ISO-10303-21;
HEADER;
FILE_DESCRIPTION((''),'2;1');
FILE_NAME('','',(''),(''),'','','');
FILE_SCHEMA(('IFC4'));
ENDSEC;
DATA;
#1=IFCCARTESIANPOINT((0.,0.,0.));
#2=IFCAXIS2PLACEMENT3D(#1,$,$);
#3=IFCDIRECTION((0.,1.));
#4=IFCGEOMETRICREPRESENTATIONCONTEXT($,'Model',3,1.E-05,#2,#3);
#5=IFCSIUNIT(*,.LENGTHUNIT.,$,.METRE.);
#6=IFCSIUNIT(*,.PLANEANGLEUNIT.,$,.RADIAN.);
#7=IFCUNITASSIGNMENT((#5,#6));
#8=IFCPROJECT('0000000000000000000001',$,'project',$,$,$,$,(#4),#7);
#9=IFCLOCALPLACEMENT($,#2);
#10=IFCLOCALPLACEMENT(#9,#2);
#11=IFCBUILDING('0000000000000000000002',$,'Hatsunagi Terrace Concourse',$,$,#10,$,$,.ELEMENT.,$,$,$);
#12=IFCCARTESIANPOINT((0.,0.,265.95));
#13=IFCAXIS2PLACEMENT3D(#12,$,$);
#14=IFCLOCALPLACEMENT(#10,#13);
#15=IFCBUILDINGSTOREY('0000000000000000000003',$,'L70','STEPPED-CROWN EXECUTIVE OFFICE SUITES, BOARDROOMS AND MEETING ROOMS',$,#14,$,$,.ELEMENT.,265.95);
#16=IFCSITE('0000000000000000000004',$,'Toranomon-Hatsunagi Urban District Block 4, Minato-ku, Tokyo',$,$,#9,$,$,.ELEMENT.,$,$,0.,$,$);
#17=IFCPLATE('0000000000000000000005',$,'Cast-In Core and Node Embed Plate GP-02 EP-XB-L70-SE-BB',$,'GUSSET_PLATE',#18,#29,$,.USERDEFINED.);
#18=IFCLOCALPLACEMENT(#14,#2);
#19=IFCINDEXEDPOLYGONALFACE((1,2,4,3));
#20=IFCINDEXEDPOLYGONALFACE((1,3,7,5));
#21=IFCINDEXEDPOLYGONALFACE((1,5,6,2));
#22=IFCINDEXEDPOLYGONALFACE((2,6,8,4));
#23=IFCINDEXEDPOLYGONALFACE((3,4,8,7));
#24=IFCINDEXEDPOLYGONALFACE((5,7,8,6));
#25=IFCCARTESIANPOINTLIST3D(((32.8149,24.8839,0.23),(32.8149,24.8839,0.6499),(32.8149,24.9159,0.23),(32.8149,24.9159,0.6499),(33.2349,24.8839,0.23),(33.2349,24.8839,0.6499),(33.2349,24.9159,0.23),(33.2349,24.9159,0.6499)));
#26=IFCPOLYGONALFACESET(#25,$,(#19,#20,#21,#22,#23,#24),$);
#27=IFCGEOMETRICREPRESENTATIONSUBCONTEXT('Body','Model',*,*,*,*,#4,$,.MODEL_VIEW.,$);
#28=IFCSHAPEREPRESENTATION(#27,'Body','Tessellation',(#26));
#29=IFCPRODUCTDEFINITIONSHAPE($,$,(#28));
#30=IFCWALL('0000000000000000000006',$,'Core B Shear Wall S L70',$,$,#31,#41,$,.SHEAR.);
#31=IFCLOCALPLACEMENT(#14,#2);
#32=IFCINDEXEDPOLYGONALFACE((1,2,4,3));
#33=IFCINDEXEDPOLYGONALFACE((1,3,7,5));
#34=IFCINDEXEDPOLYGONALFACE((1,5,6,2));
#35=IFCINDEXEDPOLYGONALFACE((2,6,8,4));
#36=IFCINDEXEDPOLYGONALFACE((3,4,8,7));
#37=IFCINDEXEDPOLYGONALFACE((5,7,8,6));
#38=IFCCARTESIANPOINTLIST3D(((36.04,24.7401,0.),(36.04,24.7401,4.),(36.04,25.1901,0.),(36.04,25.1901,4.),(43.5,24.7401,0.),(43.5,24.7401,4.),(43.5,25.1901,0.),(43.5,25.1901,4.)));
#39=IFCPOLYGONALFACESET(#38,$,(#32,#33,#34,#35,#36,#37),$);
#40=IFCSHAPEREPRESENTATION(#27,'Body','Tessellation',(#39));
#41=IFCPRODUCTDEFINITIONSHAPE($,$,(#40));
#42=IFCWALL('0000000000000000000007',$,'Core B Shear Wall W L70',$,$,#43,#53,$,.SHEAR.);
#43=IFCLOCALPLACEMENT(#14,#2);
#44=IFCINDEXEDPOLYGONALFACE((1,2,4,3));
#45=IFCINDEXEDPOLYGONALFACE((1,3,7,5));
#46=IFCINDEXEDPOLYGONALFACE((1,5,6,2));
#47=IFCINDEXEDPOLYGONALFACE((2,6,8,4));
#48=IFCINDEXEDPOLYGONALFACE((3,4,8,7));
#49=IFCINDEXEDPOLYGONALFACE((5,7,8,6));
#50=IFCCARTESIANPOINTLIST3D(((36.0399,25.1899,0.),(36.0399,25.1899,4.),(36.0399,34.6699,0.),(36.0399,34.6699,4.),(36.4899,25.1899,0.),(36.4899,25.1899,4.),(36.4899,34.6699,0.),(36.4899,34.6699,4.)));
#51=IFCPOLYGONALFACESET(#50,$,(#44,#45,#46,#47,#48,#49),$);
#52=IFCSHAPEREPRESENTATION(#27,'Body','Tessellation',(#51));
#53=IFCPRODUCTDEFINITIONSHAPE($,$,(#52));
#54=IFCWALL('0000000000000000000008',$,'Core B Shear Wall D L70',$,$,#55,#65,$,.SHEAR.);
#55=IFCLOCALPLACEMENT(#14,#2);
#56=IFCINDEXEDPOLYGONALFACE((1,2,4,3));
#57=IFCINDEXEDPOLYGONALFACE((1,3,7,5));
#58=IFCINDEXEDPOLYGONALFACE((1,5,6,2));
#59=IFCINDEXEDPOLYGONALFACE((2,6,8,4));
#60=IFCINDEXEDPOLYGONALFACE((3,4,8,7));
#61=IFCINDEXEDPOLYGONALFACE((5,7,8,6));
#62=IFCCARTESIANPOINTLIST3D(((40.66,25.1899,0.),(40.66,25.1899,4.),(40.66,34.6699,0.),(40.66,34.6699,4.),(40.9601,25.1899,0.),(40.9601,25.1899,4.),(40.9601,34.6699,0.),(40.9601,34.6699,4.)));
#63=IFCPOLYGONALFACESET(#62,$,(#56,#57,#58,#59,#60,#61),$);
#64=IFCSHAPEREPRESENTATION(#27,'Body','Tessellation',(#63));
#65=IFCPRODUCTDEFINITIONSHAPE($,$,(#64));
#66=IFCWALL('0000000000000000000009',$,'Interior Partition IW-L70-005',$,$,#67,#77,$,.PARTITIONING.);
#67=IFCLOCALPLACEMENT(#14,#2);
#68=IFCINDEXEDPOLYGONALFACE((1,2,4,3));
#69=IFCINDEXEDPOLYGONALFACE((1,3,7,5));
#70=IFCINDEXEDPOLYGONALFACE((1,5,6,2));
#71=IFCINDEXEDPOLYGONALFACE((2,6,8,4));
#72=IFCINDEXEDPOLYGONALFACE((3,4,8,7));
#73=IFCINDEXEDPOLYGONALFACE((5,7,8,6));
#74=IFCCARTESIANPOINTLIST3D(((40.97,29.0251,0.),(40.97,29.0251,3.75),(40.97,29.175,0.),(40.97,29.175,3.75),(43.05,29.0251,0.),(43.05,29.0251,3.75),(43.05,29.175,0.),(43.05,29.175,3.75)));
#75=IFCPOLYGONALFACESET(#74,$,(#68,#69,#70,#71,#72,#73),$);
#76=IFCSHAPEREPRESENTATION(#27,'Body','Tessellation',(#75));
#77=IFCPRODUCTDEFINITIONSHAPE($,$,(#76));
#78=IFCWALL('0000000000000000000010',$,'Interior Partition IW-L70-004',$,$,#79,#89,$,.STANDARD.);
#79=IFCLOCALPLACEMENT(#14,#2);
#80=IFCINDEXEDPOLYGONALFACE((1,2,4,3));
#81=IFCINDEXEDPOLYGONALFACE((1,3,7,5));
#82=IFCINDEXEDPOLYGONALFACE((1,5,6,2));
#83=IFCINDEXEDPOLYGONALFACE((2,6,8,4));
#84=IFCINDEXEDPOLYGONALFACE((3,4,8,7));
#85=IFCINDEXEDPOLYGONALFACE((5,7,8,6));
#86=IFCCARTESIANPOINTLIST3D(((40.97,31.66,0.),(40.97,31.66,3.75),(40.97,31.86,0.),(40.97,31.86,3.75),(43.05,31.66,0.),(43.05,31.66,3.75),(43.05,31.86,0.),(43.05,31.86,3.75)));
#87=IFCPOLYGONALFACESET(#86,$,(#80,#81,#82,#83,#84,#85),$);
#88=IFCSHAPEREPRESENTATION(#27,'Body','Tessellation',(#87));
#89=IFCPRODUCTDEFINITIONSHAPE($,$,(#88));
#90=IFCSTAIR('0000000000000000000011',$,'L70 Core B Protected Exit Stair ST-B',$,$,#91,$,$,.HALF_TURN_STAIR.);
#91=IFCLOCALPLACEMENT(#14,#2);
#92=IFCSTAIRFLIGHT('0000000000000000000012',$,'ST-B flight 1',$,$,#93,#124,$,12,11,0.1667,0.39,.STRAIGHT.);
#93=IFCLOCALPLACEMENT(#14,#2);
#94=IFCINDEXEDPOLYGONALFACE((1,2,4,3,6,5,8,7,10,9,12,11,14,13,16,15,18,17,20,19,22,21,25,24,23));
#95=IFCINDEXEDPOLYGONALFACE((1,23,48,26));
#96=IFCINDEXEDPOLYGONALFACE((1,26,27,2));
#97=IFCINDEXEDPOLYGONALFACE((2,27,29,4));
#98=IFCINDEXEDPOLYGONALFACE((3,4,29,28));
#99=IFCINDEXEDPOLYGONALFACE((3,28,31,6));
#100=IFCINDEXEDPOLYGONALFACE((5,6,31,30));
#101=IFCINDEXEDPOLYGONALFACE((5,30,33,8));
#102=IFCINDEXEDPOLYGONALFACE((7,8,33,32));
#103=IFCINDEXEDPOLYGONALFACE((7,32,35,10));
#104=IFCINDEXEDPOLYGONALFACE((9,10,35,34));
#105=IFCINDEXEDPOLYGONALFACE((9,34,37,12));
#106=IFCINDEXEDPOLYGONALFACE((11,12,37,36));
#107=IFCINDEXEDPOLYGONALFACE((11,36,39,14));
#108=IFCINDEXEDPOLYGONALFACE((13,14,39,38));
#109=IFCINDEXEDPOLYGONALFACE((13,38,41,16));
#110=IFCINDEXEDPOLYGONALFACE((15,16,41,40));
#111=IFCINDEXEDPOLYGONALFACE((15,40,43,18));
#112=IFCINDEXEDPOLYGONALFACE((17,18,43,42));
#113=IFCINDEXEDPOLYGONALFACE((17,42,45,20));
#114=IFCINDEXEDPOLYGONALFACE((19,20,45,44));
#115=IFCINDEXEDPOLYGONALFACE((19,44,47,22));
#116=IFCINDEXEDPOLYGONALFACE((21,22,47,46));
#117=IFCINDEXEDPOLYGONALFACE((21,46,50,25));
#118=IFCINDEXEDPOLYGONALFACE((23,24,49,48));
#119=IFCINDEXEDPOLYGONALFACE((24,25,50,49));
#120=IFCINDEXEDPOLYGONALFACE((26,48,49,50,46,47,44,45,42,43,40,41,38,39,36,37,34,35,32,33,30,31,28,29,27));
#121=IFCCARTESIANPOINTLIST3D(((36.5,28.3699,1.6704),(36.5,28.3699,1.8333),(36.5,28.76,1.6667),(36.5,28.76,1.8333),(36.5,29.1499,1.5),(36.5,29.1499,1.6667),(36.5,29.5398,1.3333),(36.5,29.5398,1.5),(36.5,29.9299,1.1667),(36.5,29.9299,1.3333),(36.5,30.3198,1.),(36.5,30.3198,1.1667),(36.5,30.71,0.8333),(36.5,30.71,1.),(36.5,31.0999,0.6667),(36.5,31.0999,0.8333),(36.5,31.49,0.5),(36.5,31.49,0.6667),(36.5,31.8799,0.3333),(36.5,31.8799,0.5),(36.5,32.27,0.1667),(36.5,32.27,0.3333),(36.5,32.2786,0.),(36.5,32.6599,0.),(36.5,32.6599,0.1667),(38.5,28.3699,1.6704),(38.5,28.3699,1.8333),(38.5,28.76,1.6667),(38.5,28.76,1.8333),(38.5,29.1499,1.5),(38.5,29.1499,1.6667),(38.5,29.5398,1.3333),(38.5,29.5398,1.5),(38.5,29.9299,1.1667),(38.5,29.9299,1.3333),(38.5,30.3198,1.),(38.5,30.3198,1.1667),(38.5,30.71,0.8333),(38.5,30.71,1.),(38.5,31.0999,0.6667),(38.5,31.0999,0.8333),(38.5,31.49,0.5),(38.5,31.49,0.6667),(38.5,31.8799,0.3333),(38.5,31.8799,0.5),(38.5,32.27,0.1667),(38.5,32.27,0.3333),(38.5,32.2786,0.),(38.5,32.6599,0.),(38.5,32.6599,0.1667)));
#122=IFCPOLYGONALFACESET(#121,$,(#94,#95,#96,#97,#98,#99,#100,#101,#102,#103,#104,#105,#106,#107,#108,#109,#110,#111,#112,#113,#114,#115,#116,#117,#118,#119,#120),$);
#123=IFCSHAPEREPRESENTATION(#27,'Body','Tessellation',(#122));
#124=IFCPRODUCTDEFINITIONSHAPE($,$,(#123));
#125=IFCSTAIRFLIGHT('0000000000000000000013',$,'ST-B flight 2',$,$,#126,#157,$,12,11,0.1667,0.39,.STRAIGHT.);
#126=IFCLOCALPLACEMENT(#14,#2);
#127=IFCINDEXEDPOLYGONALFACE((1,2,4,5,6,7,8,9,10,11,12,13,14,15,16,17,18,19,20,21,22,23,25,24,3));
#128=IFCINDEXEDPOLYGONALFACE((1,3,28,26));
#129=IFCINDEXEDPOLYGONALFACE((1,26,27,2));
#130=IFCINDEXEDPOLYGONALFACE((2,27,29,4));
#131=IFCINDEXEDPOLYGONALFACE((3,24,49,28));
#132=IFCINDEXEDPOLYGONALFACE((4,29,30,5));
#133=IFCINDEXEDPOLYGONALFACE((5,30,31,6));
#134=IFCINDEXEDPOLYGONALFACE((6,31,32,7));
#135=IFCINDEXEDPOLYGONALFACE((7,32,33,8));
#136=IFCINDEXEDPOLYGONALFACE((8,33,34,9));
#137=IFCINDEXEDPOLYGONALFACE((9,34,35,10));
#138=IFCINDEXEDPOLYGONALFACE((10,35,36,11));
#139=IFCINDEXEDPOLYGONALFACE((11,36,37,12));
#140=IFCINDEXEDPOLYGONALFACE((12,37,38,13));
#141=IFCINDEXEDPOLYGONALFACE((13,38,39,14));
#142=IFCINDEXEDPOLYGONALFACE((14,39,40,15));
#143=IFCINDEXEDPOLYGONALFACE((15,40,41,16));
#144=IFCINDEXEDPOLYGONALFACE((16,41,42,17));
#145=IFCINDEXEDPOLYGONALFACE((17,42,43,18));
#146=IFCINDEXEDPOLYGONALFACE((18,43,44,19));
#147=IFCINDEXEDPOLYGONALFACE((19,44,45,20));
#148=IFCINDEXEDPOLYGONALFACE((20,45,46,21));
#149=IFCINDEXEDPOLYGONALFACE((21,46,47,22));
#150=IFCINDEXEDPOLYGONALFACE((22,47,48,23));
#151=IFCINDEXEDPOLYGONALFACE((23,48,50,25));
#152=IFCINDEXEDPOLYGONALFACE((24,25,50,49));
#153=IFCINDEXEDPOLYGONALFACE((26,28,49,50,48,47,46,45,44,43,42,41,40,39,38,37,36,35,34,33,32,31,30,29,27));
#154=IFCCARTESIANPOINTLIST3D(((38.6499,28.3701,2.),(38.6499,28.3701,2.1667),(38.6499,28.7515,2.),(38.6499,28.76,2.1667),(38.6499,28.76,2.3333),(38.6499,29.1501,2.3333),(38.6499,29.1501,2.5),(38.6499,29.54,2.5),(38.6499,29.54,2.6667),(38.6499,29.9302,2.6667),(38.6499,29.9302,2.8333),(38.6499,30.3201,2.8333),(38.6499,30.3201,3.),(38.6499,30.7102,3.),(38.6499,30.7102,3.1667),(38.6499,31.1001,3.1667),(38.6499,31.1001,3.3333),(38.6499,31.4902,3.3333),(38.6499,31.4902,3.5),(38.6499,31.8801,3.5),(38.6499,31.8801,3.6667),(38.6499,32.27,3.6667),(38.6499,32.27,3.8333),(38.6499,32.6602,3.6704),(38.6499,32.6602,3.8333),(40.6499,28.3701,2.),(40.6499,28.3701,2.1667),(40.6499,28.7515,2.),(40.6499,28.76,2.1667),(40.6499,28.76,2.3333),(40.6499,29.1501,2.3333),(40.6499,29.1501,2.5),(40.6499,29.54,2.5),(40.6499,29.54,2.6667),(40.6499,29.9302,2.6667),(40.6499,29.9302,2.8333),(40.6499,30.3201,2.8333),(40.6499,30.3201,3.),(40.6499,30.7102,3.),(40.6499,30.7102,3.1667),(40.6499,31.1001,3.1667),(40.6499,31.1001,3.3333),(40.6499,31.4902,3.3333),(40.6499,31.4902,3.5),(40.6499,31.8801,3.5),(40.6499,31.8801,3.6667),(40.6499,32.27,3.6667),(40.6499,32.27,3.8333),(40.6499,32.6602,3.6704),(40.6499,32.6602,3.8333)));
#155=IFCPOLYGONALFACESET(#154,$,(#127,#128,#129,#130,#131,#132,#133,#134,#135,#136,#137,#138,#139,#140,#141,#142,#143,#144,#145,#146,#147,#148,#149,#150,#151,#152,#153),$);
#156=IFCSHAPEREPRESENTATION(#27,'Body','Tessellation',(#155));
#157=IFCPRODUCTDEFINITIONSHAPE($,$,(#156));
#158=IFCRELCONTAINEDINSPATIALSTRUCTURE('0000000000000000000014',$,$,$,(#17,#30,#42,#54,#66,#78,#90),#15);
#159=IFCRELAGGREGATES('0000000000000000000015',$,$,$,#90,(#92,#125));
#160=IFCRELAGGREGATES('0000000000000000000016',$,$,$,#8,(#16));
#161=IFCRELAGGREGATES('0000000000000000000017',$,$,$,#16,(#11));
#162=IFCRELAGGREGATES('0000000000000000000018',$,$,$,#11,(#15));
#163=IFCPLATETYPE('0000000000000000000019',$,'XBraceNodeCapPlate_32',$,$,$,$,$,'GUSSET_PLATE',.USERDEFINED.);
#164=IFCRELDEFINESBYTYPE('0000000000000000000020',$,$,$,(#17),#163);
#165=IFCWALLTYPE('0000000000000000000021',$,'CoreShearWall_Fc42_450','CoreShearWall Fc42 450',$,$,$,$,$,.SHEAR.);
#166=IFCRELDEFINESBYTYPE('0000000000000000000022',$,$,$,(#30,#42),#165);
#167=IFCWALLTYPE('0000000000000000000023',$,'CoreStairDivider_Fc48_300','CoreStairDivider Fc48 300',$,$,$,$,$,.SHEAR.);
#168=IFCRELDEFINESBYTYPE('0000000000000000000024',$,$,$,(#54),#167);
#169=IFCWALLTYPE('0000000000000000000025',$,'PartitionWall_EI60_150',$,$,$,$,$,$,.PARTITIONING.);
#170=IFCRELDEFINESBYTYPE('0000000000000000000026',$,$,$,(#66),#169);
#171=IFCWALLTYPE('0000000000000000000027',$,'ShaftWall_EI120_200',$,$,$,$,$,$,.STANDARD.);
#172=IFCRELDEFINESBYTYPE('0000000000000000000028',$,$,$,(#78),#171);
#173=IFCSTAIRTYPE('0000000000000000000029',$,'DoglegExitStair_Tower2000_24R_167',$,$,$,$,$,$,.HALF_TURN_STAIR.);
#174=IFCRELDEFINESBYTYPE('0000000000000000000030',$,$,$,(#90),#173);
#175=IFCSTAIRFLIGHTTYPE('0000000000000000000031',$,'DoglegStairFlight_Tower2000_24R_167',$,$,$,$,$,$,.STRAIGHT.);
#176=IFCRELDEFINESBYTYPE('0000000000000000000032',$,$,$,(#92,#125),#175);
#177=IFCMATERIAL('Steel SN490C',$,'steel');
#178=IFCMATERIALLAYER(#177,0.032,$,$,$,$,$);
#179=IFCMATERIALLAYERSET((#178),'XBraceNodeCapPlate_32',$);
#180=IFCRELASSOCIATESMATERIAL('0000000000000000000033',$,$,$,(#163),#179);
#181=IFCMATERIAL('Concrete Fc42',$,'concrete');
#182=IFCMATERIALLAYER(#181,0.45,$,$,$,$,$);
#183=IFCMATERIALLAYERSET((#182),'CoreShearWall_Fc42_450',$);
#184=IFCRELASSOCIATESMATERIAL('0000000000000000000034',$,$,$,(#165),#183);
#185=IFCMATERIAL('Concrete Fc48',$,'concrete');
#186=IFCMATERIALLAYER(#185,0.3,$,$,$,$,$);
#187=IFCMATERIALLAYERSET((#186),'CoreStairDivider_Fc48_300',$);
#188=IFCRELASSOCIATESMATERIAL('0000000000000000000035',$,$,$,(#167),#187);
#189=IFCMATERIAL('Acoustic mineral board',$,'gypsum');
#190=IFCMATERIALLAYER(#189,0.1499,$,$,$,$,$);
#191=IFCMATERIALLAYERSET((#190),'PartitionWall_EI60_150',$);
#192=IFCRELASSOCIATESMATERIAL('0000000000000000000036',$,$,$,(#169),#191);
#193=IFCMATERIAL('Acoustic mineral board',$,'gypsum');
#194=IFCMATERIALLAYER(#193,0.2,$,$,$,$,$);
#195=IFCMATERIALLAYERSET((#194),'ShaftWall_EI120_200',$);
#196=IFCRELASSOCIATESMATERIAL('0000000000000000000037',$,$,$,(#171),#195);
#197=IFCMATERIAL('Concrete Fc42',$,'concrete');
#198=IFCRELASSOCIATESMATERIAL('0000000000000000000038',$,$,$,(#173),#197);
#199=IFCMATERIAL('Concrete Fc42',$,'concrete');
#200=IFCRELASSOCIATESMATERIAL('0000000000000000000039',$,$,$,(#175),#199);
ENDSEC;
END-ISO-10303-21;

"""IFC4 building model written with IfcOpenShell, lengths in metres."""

from ifc_helpers import new_model, si_unit, direction, frame, frame_2d, origin, origin_2d, place, context, subcontext, project, spatial, polyline, rectangle, outline, extrude, material, layer, layer_set, type_object, element, aggregate, save


model = new_model("IFC4")

# Units and contexts
model_context = context("Model", 3, precision=1e-05, world=origin(), true_north=direction((0.0, 1.0)))
body_context = subcontext(model_context, "Body", "Model", "MODEL_VIEW")
ifc_project = project(units=[si_unit("LENGTHUNIT", "METRE"), si_unit("PLANEANGLEUNIT", "RADIAN")], contexts=[model_context])

# Site, building, storey
site_placement = place(None, origin())
site = spatial("IfcSite", under=ifc_project, at=site_placement, Name="Toranomon-Hatsunagi Urban District Block 4, Minato-ku, Tokyo", CompositionType="ELEMENT", RefElevation=0.0)
building_placement = place(site_placement, origin())
building = spatial("IfcBuilding", under=site, at=building_placement, Name="Hatsunagi Terrace Concourse", CompositionType="ELEMENT")
storey_placement = place(building_placement, frame((0.0, 0.0, 265.95)))
storey = spatial("IfcBuildingStorey", under=building, at=storey_placement, Name="L70", Description="STEPPED-CROWN EXECUTIVE OFFICE SUITES, BOARDROOMS AND MEETING ROOMS", CompositionType="ELEMENT", Elevation=265.95)

# Plate
ifc_material_1 = material(Name="Steel SN490C", Category="steel")
ifc_layer_1 = layer(ifc_material_1, 0.032)
ifc_layer_set_1 = layer_set([ifc_layer_1], Name="XBraceNodeCapPlate_32")
plate_type = type_object("IfcPlateType", Name="XBraceNodeCapPlate_32", ElementType="GUSSET_PLATE", PredefinedType="USERDEFINED", material=ifc_layer_set_1)
plate_placement = place(storey_placement, frame((33.0249, 24.8999, 0.23), z_axis=(0.0, 0.0, 1.0), x_axis=(1.0, 0.0, 0.0)))
element("IfcPlate", 1, at=plate_placement, inside=storey, type_object=plate_type, Name="Cast-In Core and Node Embed Plate GP-02 EP-XB-L70-SE-BB", ObjectType="GUSSET_PLATE", PredefinedType="USERDEFINED", context=body_context, shape_type="SweptSolid", body=[
    extrude(rectangle(XDim=0.4199, YDim=0.032, at=origin_2d()), origin(), (0.0, 0.0, 1.0), 0.4199),
])

# Walls
ifc_material_2 = material(Name="Concrete Fc42", Category="concrete")
ifc_layer_2 = layer(ifc_material_2, 0.45)
ifc_layer_set_2 = layer_set([ifc_layer_2], Name="CoreShearWall_Fc42_450")
wall_type_1 = type_object("IfcWallType", Name="CoreShearWall_Fc42_450", Description="CoreShearWall Fc42 450", PredefinedType="SHEAR", material=ifc_layer_set_2)
wall_1_placement = place(storey_placement, frame((36.04, 24.9651, 0.0), z_axis=(0.0, 0.0, 1.0), x_axis=(1.0, 0.0, 0.0)))
element("IfcWall", 2, at=wall_1_placement, inside=storey, type_object=wall_type_1, Name="Core B Shear Wall S L70", PredefinedType="SHEAR", context=body_context, shape_type="SweptSolid", body=[
    extrude(rectangle(XDim=7.46, YDim=0.45, at=frame_2d((3.73, 0.0))), origin(), (0.0, 0.0, 1.0), 4.0),
])
wall_2_placement = place(storey_placement, frame((36.2649, 25.1899, 0.0), z_axis=(0.0, 0.0, 1.0), x_axis=(0.0, 1.0, 0.0)))
element("IfcWall", 3, at=wall_2_placement, inside=storey, type_object=wall_type_1, Name="Core B Shear Wall W L70", PredefinedType="SHEAR", context=body_context, shape_type="SweptSolid", body=[
    extrude(rectangle(XDim=9.48, YDim=0.45, at=frame_2d((4.74, 0.0))), origin(), (0.0, 0.0, 1.0), 4.0),
])
ifc_material_3 = material(Name="Concrete Fc48", Category="concrete")
ifc_layer_3 = layer(ifc_material_3, 0.3)
ifc_layer_set_3 = layer_set([ifc_layer_3], Name="CoreStairDivider_Fc48_300")
wall_type_2 = type_object("IfcWallType", Name="CoreStairDivider_Fc48_300", Description="CoreStairDivider Fc48 300", PredefinedType="SHEAR", material=ifc_layer_set_3)
wall_3_placement = place(storey_placement, frame((40.8101, 25.1899, 0.0), z_axis=(0.0, 0.0, 1.0), x_axis=(0.0, 1.0, 0.0)))
element("IfcWall", 4, at=wall_3_placement, inside=storey, type_object=wall_type_2, Name="Core B Shear Wall D L70", PredefinedType="SHEAR", context=body_context, shape_type="SweptSolid", body=[
    extrude(rectangle(XDim=9.48, YDim=0.3, at=frame_2d((4.74, 0.0))), origin(), (0.0, 0.0, 1.0), 4.0),
])
ifc_material_4 = material(Name="Acoustic mineral board", Category="gypsum")
ifc_layer_4 = layer(ifc_material_4, 0.1499)
ifc_layer_set_4 = layer_set([ifc_layer_4], Name="PartitionWall_EI60_150")
wall_type_3 = type_object("IfcWallType", Name="PartitionWall_EI60_150", PredefinedType="PARTITIONING", material=ifc_layer_set_4)
wall_4_placement = place(storey_placement, frame((40.97, 29.1001, 0.0), z_axis=(0.0, 0.0, 1.0), x_axis=(1.0, 0.0, 0.0)))
element("IfcWall", 5, at=wall_4_placement, inside=storey, type_object=wall_type_3, Name="Interior Partition IW-L70-005", PredefinedType="PARTITIONING", context=body_context, shape_type="SweptSolid", body=[
    extrude(rectangle(XDim=2.0801, YDim=0.1499, at=frame_2d((1.04, 0.0))), origin(), (0.0, 0.0, 1.0), 3.75),
])
ifc_material_5 = material(Name="Acoustic mineral board", Category="gypsum")
ifc_layer_5 = layer(ifc_material_5, 0.2)
ifc_layer_set_5 = layer_set([ifc_layer_5], Name="ShaftWall_EI120_200")
wall_type_4 = type_object("IfcWallType", Name="ShaftWall_EI120_200", PredefinedType="STANDARD", material=ifc_layer_set_5)
wall_5_placement = place(storey_placement, frame((40.97, 31.76, 0.0), z_axis=(0.0, 0.0, 1.0), x_axis=(1.0, 0.0, 0.0)))
element("IfcWall", 6, at=wall_5_placement, inside=storey, type_object=wall_type_4, Name="Interior Partition IW-L70-004", PredefinedType="STANDARD", context=body_context, shape_type="SweptSolid", body=[
    extrude(rectangle(XDim=2.0801, YDim=0.2, at=frame_2d((1.04, 0.0))), origin(), (0.0, 0.0, 1.0), 3.75),
])

# Stair, stair flights
ifc_material_6 = material(Name="Concrete Fc42", Category="concrete")
stair_type = type_object("IfcStairType", Name="DoglegExitStair_Tower2000_24R_167", PredefinedType="HALF_TURN_STAIR", material=ifc_material_6)
stair_placement = place(storey_placement, origin())
stair = element("IfcStair", 7, at=stair_placement, inside=storey, type_object=stair_type, Name="L70 Core B Protected Exit Stair ST-B", PredefinedType="HALF_TURN_STAIR")
ifc_material_7 = material(Name="Concrete Fc42", Category="concrete")
stair_flight_type = type_object("IfcStairFlightType", Name="DoglegStairFlight_Tower2000_24R_167", PredefinedType="STRAIGHT", material=ifc_material_7)
stair_flight_1_placement = place(storey_placement, frame((37.5, 32.6599, 0.0), z_axis=(0.0, 0.0, 1.0), x_axis=(0.0, -1.0, 0.0)))
stair_flight_1 = element("IfcStairFlight", 8, at=stair_flight_1_placement, type_object=stair_flight_type, Name="ST-B flight 1", NumberOfRisers=12, NumberOfTreads=11, PredefinedType="STRAIGHT", RiserHeight=0.1667, TreadLength=0.39, context=body_context, shape_type="SweptSolid", body=[
    extrude(outline(polyline([(0.0, 0.0), (0.0, 0.1667), (0.3899, 0.1667), (0.3899, 0.3333), (0.78, 0.3333), (0.78, 0.5), (1.1699, 0.5), (1.1699, 0.6667), (1.5601, 0.6667), (1.5601, 0.8333), (1.95, 0.8333), (1.95, 1.0), (2.3401, 1.0), (2.3401, 1.1667), (2.73, 1.1667), (2.73, 1.3333), (3.1201, 1.3333), (3.1201, 1.5), (3.51, 1.5), (3.51, 1.6667), (3.8999, 1.6667), (3.8999, 1.8333), (4.29, 1.8333), (4.29, 2.0), (4.29, 1.6704), (0.3813, 0.0), (0.0, 0.0)])), frame((0.0, 1.0, 0.0), z_axis=(0.0, -1.0, 0.0), x_axis=(1.0, 0.0, 0.0)), (0.0, 0.0, 1.0), 2.0),
])
stair_flight_2_placement = place(storey_placement, frame((39.6499, 28.3701, 2.0), z_axis=(0.0, 0.0, 1.0), x_axis=(0.0, 1.0, 0.0)))
stair_flight_2 = element("IfcStairFlight", 9, at=stair_flight_2_placement, type_object=stair_flight_type, Name="ST-B flight 2", NumberOfRisers=12, NumberOfTreads=11, PredefinedType="STRAIGHT", RiserHeight=0.1667, TreadLength=0.39, context=body_context, shape_type="SweptSolid", body=[
    extrude(outline(polyline([(0.0, 0.0), (0.0, 0.1667), (0.3899, 0.1667), (0.3899, 0.3333), (0.78, 0.3333), (0.78, 0.5), (1.1699, 0.5), (1.1699, 0.6667), (1.5601, 0.6667), (1.5601, 0.8333), (1.95, 0.8333), (1.95, 1.0), (2.3401, 1.0), (2.3401, 1.1667), (2.73, 1.1667), (2.73, 1.3333), (3.1201, 1.3333), (3.1201, 1.5), (3.51, 1.5), (3.51, 1.6667), (3.8999, 1.6667), (3.8999, 1.8333), (4.29, 1.8333), (4.29, 2.0), (4.29, 1.6704), (0.3813, 0.0), (0.0, 0.0)])), frame((0.0, 1.0, 0.0), z_axis=(0.0, -1.0, 0.0), x_axis=(1.0, 0.0, 0.0)), (0.0, 0.0, 1.0), 2.0),
])
aggregate(stair, [stair_flight_1, stair_flight_2])

save(model, "model.ifc")
